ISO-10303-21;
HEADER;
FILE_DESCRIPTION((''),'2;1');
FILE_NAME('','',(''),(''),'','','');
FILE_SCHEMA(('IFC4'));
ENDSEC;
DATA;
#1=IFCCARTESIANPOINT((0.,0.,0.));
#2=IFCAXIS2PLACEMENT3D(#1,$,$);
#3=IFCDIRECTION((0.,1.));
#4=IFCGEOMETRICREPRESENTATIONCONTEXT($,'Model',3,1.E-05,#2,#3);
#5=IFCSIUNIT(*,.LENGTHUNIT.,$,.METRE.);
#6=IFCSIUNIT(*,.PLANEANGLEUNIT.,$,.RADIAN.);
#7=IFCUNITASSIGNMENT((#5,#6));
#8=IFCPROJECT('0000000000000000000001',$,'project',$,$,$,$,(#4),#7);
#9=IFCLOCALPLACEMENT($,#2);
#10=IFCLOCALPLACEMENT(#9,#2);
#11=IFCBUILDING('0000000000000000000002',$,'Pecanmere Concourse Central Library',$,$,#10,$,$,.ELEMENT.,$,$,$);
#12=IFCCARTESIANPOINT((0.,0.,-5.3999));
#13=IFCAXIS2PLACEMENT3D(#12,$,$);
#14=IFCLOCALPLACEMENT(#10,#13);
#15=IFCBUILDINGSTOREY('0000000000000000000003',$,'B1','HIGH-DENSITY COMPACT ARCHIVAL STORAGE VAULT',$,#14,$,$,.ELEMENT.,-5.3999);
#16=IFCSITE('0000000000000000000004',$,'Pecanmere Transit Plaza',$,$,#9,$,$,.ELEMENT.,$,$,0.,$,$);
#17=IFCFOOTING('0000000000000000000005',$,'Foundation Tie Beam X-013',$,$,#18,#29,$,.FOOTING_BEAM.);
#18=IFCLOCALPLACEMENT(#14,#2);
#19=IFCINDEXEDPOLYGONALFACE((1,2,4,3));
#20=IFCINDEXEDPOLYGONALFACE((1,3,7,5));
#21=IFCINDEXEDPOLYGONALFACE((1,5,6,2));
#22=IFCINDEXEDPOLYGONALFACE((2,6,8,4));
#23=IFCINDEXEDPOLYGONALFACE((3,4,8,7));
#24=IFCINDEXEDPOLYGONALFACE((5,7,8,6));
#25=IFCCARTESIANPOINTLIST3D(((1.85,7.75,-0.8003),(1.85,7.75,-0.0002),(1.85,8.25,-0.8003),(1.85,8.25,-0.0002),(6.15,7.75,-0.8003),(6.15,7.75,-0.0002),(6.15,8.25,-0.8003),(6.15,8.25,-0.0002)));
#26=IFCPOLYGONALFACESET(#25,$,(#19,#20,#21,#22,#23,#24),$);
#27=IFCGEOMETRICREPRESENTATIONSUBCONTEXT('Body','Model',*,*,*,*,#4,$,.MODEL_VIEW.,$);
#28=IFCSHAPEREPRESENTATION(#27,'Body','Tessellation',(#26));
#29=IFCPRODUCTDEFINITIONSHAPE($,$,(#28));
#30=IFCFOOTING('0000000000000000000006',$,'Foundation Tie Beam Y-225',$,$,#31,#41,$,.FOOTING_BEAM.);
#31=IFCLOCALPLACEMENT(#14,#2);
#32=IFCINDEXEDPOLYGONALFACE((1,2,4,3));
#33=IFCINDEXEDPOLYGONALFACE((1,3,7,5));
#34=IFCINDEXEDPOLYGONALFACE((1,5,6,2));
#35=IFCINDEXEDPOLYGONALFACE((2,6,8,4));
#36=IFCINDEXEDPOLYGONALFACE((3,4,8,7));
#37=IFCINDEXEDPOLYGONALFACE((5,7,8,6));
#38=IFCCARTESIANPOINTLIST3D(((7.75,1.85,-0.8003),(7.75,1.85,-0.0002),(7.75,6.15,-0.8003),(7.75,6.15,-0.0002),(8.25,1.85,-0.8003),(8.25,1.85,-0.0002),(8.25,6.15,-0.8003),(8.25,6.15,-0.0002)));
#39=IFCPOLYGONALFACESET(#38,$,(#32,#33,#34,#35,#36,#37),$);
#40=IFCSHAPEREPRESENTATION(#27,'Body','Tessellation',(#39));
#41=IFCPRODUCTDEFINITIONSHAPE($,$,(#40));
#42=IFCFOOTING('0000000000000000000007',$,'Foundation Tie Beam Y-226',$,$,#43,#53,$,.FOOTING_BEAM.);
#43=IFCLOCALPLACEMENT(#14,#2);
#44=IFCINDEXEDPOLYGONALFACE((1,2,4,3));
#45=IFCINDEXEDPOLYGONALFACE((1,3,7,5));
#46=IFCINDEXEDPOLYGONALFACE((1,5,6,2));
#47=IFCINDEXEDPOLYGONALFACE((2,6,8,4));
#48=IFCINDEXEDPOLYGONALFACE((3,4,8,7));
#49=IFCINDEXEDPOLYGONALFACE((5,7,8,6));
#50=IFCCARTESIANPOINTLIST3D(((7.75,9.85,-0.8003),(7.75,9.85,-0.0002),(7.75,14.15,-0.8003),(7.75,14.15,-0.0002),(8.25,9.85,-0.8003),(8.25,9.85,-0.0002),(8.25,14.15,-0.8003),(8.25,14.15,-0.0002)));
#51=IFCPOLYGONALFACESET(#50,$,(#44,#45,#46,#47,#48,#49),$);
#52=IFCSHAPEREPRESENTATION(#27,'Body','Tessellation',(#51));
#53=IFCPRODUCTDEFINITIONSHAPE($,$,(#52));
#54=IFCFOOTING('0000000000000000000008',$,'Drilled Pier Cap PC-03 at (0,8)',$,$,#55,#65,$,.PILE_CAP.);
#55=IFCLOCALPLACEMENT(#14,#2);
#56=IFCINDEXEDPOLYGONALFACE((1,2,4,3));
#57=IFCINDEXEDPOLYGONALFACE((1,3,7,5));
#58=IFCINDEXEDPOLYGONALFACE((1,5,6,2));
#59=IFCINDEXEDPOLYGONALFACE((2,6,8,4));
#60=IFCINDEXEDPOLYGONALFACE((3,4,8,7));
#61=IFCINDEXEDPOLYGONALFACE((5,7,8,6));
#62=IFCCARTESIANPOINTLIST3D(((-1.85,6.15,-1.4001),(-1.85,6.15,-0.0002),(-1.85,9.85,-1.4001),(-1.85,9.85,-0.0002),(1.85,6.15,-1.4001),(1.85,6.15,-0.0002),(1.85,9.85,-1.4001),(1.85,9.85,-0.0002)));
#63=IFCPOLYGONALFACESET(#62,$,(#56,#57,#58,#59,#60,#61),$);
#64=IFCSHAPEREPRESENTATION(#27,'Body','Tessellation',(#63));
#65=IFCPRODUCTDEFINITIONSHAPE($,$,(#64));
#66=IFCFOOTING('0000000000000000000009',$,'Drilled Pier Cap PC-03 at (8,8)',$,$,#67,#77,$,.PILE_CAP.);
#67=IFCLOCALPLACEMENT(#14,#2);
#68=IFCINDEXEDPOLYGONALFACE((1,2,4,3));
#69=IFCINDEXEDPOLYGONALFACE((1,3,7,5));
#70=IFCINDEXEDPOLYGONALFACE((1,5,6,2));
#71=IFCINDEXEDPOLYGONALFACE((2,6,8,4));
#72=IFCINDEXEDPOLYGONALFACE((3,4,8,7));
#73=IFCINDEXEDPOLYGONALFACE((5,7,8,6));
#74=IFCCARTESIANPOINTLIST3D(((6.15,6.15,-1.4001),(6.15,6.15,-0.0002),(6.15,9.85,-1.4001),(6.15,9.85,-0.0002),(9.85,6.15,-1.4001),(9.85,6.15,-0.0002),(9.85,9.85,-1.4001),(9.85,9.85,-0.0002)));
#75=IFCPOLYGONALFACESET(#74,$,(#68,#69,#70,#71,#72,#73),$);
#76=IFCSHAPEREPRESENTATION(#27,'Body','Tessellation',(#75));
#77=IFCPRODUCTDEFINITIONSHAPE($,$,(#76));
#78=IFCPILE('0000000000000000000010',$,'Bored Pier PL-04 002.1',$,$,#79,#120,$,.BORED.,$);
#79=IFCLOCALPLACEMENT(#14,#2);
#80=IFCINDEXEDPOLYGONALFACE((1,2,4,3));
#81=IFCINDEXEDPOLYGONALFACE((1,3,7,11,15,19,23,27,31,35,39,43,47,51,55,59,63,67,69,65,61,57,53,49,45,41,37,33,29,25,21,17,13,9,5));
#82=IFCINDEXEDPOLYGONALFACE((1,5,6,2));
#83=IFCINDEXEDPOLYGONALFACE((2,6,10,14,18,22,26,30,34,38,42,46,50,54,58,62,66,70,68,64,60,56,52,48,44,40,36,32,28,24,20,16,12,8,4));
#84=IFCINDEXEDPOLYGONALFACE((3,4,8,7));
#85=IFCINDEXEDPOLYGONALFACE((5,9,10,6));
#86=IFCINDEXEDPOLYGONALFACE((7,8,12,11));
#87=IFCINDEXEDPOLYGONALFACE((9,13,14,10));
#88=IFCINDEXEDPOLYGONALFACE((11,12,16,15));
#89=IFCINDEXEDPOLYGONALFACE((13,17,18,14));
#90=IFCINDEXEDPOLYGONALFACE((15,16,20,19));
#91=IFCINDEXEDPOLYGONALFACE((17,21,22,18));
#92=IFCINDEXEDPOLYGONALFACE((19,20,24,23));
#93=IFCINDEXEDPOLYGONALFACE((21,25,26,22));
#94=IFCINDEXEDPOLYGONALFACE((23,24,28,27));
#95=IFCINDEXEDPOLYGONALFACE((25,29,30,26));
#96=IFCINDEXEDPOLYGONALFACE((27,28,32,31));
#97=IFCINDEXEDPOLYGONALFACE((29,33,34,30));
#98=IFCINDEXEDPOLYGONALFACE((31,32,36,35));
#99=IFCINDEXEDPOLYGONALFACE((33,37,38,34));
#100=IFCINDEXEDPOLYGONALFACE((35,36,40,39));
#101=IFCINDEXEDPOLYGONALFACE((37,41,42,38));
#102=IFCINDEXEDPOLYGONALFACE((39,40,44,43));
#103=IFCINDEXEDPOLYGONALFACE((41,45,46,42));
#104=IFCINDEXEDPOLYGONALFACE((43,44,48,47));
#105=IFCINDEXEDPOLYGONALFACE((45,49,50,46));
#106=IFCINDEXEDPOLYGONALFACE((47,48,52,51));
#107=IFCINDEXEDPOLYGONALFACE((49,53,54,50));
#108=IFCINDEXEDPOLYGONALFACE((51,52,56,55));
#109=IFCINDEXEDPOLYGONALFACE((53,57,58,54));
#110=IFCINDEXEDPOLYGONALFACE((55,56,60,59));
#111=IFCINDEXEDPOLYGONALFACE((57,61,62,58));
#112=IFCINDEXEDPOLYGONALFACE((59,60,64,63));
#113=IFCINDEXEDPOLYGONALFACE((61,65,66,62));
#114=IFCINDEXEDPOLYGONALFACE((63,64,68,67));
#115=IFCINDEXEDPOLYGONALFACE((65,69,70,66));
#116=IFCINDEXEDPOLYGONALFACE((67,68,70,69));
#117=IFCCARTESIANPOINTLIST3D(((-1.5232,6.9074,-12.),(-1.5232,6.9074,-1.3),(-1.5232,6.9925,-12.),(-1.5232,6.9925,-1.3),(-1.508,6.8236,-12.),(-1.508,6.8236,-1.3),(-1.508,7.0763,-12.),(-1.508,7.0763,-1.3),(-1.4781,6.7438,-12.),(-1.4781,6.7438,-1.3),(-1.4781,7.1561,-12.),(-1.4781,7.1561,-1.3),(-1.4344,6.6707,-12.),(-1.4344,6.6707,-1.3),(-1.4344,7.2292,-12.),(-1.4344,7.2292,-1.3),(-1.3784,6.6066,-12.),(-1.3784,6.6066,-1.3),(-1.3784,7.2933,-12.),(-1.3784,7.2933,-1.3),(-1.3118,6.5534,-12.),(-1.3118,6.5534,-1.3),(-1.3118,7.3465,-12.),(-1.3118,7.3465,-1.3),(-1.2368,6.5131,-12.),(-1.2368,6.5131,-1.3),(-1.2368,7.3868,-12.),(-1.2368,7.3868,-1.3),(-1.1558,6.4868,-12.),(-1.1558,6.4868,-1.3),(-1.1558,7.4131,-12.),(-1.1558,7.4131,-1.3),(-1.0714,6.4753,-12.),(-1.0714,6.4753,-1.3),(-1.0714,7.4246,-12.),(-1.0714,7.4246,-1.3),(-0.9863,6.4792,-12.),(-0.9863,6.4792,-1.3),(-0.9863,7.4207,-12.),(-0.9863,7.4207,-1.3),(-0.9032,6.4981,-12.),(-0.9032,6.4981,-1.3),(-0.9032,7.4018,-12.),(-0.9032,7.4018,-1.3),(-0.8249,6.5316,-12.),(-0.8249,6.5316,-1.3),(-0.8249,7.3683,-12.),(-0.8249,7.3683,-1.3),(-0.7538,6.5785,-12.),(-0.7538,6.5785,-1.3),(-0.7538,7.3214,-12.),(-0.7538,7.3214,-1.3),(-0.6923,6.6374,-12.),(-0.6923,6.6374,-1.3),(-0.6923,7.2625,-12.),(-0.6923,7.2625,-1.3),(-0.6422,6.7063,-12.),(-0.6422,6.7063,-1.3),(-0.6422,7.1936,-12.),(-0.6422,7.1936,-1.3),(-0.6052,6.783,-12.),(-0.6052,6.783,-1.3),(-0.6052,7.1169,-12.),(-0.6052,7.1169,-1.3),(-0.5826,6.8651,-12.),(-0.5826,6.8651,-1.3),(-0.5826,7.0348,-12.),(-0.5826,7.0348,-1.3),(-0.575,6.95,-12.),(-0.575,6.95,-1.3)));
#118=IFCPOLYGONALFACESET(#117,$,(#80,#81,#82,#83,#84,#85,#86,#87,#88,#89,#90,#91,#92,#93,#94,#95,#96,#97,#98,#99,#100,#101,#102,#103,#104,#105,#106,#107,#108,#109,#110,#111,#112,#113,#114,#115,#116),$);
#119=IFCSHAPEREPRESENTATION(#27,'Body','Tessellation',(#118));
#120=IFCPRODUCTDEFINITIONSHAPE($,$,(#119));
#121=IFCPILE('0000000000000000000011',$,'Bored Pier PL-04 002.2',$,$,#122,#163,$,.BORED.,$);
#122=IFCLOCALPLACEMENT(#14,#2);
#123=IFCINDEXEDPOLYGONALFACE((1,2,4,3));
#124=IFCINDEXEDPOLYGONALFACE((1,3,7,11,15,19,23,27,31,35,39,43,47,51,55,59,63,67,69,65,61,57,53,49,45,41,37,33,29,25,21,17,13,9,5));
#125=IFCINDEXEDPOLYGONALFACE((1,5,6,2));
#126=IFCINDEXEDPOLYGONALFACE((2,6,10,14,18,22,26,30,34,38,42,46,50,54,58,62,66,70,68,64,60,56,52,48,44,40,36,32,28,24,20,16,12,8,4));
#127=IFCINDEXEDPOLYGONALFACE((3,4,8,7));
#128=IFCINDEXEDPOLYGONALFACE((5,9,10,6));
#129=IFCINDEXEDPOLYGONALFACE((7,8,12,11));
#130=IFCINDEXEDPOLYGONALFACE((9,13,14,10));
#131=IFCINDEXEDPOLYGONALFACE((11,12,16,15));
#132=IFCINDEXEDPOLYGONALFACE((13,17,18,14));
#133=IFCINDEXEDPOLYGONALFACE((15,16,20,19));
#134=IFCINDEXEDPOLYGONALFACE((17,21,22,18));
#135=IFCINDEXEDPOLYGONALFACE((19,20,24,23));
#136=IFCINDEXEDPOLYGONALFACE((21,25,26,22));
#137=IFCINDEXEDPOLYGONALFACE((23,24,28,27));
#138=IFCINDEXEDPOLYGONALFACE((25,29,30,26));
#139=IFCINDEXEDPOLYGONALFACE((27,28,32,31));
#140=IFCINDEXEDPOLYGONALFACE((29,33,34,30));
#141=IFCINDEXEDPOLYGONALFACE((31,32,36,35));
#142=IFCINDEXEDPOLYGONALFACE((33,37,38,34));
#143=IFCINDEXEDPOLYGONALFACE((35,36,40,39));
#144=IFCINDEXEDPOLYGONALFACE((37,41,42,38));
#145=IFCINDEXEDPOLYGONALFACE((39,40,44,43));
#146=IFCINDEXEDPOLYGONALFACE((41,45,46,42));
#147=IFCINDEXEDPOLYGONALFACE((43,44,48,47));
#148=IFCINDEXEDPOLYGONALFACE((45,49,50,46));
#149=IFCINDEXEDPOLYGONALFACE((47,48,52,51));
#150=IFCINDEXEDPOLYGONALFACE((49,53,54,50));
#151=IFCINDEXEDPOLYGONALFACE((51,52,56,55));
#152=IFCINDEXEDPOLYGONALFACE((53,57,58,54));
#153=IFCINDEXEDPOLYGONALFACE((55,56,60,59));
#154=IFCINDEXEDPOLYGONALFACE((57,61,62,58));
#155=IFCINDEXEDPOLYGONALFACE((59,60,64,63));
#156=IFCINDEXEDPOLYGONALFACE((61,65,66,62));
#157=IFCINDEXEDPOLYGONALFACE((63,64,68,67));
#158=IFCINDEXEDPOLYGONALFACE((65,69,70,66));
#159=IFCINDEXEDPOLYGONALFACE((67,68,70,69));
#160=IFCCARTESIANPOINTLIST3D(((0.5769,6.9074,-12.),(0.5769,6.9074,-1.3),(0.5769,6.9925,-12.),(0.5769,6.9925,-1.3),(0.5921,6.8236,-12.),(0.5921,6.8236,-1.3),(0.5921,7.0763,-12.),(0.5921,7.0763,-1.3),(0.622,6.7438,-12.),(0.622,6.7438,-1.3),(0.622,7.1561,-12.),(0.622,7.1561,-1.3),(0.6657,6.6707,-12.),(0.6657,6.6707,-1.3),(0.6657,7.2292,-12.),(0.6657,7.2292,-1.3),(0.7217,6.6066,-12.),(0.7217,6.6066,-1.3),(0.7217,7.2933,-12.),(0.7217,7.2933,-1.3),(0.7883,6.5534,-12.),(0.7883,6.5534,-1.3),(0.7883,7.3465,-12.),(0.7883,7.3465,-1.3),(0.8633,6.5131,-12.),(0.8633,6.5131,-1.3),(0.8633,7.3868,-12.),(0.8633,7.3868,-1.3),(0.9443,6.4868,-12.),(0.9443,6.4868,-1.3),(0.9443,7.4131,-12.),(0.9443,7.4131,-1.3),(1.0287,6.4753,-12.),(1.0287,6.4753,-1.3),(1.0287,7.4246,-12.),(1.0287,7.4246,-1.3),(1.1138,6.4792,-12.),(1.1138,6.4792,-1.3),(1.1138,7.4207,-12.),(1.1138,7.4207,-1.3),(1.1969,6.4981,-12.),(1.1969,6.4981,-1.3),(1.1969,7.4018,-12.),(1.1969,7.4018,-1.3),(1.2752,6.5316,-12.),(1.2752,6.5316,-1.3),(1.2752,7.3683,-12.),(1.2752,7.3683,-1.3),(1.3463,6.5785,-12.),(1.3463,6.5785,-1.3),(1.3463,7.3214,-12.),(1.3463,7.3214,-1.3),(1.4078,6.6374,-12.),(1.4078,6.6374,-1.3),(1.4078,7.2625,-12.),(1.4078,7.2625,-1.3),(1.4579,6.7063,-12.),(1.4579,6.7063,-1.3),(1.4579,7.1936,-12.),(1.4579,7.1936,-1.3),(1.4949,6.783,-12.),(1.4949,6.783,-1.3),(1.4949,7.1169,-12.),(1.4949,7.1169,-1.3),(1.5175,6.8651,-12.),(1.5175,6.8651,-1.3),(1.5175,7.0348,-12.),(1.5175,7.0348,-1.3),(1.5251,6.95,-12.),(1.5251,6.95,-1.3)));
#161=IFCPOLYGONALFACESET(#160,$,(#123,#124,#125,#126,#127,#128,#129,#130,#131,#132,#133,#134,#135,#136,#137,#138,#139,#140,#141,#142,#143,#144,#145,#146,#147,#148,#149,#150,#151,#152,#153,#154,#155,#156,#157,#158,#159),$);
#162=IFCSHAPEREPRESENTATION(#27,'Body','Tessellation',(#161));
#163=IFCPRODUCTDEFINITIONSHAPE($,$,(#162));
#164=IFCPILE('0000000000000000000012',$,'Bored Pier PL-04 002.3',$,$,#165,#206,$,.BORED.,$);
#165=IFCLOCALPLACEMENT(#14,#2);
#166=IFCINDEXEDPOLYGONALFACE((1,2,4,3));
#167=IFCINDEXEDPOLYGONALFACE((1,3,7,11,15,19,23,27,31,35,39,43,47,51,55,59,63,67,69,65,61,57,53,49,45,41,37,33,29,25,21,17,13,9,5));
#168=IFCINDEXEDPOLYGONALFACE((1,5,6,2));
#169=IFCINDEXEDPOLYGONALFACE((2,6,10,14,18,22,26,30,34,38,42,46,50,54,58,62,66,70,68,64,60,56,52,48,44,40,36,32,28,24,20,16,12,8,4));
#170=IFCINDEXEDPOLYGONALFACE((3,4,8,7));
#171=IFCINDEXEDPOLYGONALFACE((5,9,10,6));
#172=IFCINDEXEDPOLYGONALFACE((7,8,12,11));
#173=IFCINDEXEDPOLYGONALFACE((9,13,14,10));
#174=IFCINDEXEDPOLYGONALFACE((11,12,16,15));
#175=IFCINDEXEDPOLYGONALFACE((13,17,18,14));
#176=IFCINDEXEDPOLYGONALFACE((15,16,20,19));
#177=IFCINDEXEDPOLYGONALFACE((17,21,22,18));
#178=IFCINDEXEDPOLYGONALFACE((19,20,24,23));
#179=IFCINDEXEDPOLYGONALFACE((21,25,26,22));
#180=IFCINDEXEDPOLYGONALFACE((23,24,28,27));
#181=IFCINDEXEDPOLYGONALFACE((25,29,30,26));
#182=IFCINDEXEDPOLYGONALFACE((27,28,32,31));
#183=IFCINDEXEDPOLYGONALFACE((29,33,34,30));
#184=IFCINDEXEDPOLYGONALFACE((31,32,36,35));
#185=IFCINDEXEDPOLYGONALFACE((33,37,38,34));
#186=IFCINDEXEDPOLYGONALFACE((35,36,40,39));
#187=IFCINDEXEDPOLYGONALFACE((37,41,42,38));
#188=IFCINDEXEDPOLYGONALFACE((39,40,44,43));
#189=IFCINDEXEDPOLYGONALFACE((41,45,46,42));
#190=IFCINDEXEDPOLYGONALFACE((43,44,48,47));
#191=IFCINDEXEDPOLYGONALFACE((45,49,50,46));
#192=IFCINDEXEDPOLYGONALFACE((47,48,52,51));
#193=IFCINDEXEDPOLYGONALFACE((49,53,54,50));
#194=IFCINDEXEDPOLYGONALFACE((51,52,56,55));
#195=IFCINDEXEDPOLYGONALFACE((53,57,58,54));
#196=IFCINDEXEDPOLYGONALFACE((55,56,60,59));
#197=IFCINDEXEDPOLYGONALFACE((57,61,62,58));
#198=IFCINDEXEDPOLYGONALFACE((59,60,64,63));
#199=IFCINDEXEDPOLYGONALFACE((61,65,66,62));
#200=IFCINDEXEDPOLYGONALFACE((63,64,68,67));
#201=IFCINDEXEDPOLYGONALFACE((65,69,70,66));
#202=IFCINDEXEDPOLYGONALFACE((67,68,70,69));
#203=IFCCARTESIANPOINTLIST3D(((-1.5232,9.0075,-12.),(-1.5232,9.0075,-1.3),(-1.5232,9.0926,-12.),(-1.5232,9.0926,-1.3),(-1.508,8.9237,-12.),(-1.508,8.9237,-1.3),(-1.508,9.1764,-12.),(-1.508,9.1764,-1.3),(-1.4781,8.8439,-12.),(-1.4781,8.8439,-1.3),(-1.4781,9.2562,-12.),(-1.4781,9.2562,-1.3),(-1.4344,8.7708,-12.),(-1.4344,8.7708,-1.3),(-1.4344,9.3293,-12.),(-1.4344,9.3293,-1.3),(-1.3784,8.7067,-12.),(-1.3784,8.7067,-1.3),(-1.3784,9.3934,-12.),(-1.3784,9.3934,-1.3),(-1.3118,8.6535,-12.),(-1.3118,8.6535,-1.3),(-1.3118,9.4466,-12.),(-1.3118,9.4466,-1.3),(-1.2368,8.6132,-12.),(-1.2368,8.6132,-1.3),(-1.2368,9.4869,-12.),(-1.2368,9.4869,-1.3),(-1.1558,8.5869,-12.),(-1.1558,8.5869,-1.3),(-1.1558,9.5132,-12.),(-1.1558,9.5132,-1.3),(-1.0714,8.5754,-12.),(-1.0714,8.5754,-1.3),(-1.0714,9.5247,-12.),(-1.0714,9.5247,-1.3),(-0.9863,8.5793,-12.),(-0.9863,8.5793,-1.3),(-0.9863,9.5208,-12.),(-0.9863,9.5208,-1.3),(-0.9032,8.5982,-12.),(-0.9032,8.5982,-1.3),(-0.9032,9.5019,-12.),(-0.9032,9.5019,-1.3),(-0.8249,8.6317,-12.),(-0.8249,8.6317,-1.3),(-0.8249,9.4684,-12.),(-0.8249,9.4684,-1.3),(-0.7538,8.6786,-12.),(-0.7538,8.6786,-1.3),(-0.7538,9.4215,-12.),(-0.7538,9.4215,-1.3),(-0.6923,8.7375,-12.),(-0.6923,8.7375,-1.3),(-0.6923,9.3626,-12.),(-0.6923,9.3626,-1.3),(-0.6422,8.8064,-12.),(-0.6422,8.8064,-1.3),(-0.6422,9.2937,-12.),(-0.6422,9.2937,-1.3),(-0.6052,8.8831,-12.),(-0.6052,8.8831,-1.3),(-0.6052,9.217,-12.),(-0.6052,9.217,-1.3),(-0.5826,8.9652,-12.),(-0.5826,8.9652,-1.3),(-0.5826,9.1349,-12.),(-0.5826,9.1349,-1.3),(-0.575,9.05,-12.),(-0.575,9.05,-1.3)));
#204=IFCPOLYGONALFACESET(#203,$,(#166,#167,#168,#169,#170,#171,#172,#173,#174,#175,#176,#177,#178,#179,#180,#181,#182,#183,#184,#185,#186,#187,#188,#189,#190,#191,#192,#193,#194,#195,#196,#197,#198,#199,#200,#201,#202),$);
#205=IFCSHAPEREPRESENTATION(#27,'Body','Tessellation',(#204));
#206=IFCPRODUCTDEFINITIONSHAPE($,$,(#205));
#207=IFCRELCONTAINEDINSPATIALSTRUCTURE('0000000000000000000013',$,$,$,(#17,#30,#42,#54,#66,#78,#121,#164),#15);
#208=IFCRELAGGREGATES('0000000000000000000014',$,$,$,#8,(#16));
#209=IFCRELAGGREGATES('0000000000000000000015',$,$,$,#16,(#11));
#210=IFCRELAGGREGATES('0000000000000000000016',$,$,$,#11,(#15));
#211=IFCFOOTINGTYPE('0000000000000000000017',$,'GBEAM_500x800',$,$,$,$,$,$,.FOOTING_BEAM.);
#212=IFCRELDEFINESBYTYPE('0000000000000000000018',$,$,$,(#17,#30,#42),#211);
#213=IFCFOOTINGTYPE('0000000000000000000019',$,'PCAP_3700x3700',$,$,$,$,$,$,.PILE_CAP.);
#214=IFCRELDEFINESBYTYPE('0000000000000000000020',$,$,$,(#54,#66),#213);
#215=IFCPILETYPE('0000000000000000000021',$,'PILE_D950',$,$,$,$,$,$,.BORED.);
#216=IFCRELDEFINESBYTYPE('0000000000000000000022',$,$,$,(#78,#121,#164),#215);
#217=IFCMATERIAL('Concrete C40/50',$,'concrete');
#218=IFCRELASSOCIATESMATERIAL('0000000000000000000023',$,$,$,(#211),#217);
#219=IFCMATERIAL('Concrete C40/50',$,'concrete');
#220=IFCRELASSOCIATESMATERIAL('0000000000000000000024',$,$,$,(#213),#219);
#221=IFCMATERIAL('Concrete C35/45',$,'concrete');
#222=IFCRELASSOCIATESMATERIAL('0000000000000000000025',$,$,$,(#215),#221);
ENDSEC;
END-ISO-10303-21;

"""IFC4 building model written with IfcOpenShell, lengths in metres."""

from ifc_helpers import new_model, si_unit, direction, frame, origin, origin_2d, place, context, subcontext, project, spatial, rectangle, circle, extrude, material, material_profile, profile_set, type_object, element, save


model = new_model("IFC4")

# Units and contexts
model_context = context("Model", 3, precision=1e-05, world=origin(), true_north=direction((0.0, 1.0)))
body_context = subcontext(model_context, "Body", "Model", "MODEL_VIEW")
ifc_project = project(units=[si_unit("LENGTHUNIT", "METRE"), si_unit("PLANEANGLEUNIT", "RADIAN")], contexts=[model_context])

# Site, building, storey
site_placement = place(None, origin())
site = spatial("IfcSite", under=ifc_project, at=site_placement, Name="Pecanmere Transit Plaza", CompositionType="ELEMENT", RefElevation=0.0)
building_placement = place(site_placement, origin())
building = spatial("IfcBuilding", under=site, at=building_placement, Name="Pecanmere Concourse Central Library", CompositionType="ELEMENT")
storey_placement = place(building_placement, frame((0.0, 0.0, -5.3999)))
storey = spatial("IfcBuildingStorey", under=building, at=storey_placement, Name="B1", Description="HIGH-DENSITY COMPACT ARCHIVAL STORAGE VAULT", CompositionType="ELEMENT", Elevation=-5.3999)

# Footings
ifc_material_1 = material(Name="Concrete C40/50", Category="concrete")
ifc_material_profile_1 = material_profile(ifc_material_1, rectangle(XDim=0.5, YDim=0.8, at=origin_2d()), Name="RC 500x800")
ifc_profile_set_1 = profile_set([ifc_material_profile_1], Name="Concrete C40/50")
footing_type_1 = type_object("IfcFootingType", Name="GBEAM_500x800", PredefinedType="FOOTING_BEAM", material=ifc_profile_set_1)
for number, where, z_axis, x_axis, name in (
    (1, (4.0, 8.0, -0.8003), (0.0, 0.0, 1.0), (1.0, 0.0, 0.0), "Foundation Tie Beam X-013"),
    (2, (8.0, 4.0, -0.8003), (0.0, 0.0, 1.0), (0.0, 1.0, 0.0), "Foundation Tie Beam Y-225"),
    (3, (8.0, 12.0, -0.8003), (0.0, 0.0, 1.0), (0.0, 1.0, 0.0), "Foundation Tie Beam Y-226"),
):
    element("IfcFooting", number, at=place(storey_placement, frame(where, z_axis=z_axis, x_axis=x_axis)), inside=storey, type_object=footing_type_1, Name=name, PredefinedType="FOOTING_BEAM", context=body_context, shape_type="SweptSolid", body=[
        extrude(rectangle(XDim=4.3, YDim=0.5, at=origin_2d()), origin(), (0.0, 0.0, 1.0), 0.8),
    ])
ifc_material_2 = material(Name="Concrete C40/50", Category="concrete")
footing_type_2 = type_object("IfcFootingType", Name="PCAP_3700x3700", PredefinedType="PILE_CAP", material=ifc_material_2)
for number, where, z_axis, x_axis, name in (
    (4, (0.0, 8.0, -1.4001), (0.0, 0.0, 1.0), (1.0, 0.0, 0.0), "Drilled Pier Cap PC-03 at (0,8)"),
    (5, (8.0, 8.0, -1.4001), (0.0, 0.0, 1.0), (1.0, 0.0, 0.0), "Drilled Pier Cap PC-03 at (8,8)"),
):
    element("IfcFooting", number, at=place(storey_placement, frame(where, z_axis=z_axis, x_axis=x_axis)), inside=storey, type_object=footing_type_2, Name=name, PredefinedType="PILE_CAP", context=body_context, shape_type="SweptSolid", body=[
        extrude(rectangle(XDim=3.7, YDim=3.7, at=origin_2d()), origin(), (0.0, 0.0, 1.0), 1.3999),
    ])

# Piles
ifc_material_3 = material(Name="Concrete C35/45", Category="concrete")
ifc_material_profile_2 = material_profile(ifc_material_3, circle(Radius=0.4751, at=origin_2d()), Name="PIER D950")
ifc_profile_set_2 = profile_set([ifc_material_profile_2], Name="Concrete C35/45")
pile_type = type_object("IfcPileType", Name="PILE_D950", PredefinedType="BORED", material=ifc_profile_set_2)
for number, where, z_axis, x_axis, name in (
    (6, (-1.05, 6.95, -1.3), (0.0, 0.0, -1.0), (1.0, 0.0, 0.0), "Bored Pier PL-04 002.1"),
    (7, (1.05, 6.95, -1.3), (0.0, 0.0, -1.0), (1.0, 0.0, 0.0), "Bored Pier PL-04 002.2"),
    (8, (-1.05, 9.05, -1.3), (0.0, 0.0, -1.0), (1.0, 0.0, 0.0), "Bored Pier PL-04 002.3"),
):
    element("IfcPile", number, at=place(storey_placement, frame(where, z_axis=z_axis, x_axis=x_axis)), inside=storey, type_object=pile_type, Name=name, PredefinedType="BORED", context=body_context, shape_type="SweptSolid", body=[
        extrude(circle(Radius=0.4751, at=origin_2d()), origin(), (0.0, 0.0, 1.0), 10.7),
    ])

save(model, "model.ifc")
